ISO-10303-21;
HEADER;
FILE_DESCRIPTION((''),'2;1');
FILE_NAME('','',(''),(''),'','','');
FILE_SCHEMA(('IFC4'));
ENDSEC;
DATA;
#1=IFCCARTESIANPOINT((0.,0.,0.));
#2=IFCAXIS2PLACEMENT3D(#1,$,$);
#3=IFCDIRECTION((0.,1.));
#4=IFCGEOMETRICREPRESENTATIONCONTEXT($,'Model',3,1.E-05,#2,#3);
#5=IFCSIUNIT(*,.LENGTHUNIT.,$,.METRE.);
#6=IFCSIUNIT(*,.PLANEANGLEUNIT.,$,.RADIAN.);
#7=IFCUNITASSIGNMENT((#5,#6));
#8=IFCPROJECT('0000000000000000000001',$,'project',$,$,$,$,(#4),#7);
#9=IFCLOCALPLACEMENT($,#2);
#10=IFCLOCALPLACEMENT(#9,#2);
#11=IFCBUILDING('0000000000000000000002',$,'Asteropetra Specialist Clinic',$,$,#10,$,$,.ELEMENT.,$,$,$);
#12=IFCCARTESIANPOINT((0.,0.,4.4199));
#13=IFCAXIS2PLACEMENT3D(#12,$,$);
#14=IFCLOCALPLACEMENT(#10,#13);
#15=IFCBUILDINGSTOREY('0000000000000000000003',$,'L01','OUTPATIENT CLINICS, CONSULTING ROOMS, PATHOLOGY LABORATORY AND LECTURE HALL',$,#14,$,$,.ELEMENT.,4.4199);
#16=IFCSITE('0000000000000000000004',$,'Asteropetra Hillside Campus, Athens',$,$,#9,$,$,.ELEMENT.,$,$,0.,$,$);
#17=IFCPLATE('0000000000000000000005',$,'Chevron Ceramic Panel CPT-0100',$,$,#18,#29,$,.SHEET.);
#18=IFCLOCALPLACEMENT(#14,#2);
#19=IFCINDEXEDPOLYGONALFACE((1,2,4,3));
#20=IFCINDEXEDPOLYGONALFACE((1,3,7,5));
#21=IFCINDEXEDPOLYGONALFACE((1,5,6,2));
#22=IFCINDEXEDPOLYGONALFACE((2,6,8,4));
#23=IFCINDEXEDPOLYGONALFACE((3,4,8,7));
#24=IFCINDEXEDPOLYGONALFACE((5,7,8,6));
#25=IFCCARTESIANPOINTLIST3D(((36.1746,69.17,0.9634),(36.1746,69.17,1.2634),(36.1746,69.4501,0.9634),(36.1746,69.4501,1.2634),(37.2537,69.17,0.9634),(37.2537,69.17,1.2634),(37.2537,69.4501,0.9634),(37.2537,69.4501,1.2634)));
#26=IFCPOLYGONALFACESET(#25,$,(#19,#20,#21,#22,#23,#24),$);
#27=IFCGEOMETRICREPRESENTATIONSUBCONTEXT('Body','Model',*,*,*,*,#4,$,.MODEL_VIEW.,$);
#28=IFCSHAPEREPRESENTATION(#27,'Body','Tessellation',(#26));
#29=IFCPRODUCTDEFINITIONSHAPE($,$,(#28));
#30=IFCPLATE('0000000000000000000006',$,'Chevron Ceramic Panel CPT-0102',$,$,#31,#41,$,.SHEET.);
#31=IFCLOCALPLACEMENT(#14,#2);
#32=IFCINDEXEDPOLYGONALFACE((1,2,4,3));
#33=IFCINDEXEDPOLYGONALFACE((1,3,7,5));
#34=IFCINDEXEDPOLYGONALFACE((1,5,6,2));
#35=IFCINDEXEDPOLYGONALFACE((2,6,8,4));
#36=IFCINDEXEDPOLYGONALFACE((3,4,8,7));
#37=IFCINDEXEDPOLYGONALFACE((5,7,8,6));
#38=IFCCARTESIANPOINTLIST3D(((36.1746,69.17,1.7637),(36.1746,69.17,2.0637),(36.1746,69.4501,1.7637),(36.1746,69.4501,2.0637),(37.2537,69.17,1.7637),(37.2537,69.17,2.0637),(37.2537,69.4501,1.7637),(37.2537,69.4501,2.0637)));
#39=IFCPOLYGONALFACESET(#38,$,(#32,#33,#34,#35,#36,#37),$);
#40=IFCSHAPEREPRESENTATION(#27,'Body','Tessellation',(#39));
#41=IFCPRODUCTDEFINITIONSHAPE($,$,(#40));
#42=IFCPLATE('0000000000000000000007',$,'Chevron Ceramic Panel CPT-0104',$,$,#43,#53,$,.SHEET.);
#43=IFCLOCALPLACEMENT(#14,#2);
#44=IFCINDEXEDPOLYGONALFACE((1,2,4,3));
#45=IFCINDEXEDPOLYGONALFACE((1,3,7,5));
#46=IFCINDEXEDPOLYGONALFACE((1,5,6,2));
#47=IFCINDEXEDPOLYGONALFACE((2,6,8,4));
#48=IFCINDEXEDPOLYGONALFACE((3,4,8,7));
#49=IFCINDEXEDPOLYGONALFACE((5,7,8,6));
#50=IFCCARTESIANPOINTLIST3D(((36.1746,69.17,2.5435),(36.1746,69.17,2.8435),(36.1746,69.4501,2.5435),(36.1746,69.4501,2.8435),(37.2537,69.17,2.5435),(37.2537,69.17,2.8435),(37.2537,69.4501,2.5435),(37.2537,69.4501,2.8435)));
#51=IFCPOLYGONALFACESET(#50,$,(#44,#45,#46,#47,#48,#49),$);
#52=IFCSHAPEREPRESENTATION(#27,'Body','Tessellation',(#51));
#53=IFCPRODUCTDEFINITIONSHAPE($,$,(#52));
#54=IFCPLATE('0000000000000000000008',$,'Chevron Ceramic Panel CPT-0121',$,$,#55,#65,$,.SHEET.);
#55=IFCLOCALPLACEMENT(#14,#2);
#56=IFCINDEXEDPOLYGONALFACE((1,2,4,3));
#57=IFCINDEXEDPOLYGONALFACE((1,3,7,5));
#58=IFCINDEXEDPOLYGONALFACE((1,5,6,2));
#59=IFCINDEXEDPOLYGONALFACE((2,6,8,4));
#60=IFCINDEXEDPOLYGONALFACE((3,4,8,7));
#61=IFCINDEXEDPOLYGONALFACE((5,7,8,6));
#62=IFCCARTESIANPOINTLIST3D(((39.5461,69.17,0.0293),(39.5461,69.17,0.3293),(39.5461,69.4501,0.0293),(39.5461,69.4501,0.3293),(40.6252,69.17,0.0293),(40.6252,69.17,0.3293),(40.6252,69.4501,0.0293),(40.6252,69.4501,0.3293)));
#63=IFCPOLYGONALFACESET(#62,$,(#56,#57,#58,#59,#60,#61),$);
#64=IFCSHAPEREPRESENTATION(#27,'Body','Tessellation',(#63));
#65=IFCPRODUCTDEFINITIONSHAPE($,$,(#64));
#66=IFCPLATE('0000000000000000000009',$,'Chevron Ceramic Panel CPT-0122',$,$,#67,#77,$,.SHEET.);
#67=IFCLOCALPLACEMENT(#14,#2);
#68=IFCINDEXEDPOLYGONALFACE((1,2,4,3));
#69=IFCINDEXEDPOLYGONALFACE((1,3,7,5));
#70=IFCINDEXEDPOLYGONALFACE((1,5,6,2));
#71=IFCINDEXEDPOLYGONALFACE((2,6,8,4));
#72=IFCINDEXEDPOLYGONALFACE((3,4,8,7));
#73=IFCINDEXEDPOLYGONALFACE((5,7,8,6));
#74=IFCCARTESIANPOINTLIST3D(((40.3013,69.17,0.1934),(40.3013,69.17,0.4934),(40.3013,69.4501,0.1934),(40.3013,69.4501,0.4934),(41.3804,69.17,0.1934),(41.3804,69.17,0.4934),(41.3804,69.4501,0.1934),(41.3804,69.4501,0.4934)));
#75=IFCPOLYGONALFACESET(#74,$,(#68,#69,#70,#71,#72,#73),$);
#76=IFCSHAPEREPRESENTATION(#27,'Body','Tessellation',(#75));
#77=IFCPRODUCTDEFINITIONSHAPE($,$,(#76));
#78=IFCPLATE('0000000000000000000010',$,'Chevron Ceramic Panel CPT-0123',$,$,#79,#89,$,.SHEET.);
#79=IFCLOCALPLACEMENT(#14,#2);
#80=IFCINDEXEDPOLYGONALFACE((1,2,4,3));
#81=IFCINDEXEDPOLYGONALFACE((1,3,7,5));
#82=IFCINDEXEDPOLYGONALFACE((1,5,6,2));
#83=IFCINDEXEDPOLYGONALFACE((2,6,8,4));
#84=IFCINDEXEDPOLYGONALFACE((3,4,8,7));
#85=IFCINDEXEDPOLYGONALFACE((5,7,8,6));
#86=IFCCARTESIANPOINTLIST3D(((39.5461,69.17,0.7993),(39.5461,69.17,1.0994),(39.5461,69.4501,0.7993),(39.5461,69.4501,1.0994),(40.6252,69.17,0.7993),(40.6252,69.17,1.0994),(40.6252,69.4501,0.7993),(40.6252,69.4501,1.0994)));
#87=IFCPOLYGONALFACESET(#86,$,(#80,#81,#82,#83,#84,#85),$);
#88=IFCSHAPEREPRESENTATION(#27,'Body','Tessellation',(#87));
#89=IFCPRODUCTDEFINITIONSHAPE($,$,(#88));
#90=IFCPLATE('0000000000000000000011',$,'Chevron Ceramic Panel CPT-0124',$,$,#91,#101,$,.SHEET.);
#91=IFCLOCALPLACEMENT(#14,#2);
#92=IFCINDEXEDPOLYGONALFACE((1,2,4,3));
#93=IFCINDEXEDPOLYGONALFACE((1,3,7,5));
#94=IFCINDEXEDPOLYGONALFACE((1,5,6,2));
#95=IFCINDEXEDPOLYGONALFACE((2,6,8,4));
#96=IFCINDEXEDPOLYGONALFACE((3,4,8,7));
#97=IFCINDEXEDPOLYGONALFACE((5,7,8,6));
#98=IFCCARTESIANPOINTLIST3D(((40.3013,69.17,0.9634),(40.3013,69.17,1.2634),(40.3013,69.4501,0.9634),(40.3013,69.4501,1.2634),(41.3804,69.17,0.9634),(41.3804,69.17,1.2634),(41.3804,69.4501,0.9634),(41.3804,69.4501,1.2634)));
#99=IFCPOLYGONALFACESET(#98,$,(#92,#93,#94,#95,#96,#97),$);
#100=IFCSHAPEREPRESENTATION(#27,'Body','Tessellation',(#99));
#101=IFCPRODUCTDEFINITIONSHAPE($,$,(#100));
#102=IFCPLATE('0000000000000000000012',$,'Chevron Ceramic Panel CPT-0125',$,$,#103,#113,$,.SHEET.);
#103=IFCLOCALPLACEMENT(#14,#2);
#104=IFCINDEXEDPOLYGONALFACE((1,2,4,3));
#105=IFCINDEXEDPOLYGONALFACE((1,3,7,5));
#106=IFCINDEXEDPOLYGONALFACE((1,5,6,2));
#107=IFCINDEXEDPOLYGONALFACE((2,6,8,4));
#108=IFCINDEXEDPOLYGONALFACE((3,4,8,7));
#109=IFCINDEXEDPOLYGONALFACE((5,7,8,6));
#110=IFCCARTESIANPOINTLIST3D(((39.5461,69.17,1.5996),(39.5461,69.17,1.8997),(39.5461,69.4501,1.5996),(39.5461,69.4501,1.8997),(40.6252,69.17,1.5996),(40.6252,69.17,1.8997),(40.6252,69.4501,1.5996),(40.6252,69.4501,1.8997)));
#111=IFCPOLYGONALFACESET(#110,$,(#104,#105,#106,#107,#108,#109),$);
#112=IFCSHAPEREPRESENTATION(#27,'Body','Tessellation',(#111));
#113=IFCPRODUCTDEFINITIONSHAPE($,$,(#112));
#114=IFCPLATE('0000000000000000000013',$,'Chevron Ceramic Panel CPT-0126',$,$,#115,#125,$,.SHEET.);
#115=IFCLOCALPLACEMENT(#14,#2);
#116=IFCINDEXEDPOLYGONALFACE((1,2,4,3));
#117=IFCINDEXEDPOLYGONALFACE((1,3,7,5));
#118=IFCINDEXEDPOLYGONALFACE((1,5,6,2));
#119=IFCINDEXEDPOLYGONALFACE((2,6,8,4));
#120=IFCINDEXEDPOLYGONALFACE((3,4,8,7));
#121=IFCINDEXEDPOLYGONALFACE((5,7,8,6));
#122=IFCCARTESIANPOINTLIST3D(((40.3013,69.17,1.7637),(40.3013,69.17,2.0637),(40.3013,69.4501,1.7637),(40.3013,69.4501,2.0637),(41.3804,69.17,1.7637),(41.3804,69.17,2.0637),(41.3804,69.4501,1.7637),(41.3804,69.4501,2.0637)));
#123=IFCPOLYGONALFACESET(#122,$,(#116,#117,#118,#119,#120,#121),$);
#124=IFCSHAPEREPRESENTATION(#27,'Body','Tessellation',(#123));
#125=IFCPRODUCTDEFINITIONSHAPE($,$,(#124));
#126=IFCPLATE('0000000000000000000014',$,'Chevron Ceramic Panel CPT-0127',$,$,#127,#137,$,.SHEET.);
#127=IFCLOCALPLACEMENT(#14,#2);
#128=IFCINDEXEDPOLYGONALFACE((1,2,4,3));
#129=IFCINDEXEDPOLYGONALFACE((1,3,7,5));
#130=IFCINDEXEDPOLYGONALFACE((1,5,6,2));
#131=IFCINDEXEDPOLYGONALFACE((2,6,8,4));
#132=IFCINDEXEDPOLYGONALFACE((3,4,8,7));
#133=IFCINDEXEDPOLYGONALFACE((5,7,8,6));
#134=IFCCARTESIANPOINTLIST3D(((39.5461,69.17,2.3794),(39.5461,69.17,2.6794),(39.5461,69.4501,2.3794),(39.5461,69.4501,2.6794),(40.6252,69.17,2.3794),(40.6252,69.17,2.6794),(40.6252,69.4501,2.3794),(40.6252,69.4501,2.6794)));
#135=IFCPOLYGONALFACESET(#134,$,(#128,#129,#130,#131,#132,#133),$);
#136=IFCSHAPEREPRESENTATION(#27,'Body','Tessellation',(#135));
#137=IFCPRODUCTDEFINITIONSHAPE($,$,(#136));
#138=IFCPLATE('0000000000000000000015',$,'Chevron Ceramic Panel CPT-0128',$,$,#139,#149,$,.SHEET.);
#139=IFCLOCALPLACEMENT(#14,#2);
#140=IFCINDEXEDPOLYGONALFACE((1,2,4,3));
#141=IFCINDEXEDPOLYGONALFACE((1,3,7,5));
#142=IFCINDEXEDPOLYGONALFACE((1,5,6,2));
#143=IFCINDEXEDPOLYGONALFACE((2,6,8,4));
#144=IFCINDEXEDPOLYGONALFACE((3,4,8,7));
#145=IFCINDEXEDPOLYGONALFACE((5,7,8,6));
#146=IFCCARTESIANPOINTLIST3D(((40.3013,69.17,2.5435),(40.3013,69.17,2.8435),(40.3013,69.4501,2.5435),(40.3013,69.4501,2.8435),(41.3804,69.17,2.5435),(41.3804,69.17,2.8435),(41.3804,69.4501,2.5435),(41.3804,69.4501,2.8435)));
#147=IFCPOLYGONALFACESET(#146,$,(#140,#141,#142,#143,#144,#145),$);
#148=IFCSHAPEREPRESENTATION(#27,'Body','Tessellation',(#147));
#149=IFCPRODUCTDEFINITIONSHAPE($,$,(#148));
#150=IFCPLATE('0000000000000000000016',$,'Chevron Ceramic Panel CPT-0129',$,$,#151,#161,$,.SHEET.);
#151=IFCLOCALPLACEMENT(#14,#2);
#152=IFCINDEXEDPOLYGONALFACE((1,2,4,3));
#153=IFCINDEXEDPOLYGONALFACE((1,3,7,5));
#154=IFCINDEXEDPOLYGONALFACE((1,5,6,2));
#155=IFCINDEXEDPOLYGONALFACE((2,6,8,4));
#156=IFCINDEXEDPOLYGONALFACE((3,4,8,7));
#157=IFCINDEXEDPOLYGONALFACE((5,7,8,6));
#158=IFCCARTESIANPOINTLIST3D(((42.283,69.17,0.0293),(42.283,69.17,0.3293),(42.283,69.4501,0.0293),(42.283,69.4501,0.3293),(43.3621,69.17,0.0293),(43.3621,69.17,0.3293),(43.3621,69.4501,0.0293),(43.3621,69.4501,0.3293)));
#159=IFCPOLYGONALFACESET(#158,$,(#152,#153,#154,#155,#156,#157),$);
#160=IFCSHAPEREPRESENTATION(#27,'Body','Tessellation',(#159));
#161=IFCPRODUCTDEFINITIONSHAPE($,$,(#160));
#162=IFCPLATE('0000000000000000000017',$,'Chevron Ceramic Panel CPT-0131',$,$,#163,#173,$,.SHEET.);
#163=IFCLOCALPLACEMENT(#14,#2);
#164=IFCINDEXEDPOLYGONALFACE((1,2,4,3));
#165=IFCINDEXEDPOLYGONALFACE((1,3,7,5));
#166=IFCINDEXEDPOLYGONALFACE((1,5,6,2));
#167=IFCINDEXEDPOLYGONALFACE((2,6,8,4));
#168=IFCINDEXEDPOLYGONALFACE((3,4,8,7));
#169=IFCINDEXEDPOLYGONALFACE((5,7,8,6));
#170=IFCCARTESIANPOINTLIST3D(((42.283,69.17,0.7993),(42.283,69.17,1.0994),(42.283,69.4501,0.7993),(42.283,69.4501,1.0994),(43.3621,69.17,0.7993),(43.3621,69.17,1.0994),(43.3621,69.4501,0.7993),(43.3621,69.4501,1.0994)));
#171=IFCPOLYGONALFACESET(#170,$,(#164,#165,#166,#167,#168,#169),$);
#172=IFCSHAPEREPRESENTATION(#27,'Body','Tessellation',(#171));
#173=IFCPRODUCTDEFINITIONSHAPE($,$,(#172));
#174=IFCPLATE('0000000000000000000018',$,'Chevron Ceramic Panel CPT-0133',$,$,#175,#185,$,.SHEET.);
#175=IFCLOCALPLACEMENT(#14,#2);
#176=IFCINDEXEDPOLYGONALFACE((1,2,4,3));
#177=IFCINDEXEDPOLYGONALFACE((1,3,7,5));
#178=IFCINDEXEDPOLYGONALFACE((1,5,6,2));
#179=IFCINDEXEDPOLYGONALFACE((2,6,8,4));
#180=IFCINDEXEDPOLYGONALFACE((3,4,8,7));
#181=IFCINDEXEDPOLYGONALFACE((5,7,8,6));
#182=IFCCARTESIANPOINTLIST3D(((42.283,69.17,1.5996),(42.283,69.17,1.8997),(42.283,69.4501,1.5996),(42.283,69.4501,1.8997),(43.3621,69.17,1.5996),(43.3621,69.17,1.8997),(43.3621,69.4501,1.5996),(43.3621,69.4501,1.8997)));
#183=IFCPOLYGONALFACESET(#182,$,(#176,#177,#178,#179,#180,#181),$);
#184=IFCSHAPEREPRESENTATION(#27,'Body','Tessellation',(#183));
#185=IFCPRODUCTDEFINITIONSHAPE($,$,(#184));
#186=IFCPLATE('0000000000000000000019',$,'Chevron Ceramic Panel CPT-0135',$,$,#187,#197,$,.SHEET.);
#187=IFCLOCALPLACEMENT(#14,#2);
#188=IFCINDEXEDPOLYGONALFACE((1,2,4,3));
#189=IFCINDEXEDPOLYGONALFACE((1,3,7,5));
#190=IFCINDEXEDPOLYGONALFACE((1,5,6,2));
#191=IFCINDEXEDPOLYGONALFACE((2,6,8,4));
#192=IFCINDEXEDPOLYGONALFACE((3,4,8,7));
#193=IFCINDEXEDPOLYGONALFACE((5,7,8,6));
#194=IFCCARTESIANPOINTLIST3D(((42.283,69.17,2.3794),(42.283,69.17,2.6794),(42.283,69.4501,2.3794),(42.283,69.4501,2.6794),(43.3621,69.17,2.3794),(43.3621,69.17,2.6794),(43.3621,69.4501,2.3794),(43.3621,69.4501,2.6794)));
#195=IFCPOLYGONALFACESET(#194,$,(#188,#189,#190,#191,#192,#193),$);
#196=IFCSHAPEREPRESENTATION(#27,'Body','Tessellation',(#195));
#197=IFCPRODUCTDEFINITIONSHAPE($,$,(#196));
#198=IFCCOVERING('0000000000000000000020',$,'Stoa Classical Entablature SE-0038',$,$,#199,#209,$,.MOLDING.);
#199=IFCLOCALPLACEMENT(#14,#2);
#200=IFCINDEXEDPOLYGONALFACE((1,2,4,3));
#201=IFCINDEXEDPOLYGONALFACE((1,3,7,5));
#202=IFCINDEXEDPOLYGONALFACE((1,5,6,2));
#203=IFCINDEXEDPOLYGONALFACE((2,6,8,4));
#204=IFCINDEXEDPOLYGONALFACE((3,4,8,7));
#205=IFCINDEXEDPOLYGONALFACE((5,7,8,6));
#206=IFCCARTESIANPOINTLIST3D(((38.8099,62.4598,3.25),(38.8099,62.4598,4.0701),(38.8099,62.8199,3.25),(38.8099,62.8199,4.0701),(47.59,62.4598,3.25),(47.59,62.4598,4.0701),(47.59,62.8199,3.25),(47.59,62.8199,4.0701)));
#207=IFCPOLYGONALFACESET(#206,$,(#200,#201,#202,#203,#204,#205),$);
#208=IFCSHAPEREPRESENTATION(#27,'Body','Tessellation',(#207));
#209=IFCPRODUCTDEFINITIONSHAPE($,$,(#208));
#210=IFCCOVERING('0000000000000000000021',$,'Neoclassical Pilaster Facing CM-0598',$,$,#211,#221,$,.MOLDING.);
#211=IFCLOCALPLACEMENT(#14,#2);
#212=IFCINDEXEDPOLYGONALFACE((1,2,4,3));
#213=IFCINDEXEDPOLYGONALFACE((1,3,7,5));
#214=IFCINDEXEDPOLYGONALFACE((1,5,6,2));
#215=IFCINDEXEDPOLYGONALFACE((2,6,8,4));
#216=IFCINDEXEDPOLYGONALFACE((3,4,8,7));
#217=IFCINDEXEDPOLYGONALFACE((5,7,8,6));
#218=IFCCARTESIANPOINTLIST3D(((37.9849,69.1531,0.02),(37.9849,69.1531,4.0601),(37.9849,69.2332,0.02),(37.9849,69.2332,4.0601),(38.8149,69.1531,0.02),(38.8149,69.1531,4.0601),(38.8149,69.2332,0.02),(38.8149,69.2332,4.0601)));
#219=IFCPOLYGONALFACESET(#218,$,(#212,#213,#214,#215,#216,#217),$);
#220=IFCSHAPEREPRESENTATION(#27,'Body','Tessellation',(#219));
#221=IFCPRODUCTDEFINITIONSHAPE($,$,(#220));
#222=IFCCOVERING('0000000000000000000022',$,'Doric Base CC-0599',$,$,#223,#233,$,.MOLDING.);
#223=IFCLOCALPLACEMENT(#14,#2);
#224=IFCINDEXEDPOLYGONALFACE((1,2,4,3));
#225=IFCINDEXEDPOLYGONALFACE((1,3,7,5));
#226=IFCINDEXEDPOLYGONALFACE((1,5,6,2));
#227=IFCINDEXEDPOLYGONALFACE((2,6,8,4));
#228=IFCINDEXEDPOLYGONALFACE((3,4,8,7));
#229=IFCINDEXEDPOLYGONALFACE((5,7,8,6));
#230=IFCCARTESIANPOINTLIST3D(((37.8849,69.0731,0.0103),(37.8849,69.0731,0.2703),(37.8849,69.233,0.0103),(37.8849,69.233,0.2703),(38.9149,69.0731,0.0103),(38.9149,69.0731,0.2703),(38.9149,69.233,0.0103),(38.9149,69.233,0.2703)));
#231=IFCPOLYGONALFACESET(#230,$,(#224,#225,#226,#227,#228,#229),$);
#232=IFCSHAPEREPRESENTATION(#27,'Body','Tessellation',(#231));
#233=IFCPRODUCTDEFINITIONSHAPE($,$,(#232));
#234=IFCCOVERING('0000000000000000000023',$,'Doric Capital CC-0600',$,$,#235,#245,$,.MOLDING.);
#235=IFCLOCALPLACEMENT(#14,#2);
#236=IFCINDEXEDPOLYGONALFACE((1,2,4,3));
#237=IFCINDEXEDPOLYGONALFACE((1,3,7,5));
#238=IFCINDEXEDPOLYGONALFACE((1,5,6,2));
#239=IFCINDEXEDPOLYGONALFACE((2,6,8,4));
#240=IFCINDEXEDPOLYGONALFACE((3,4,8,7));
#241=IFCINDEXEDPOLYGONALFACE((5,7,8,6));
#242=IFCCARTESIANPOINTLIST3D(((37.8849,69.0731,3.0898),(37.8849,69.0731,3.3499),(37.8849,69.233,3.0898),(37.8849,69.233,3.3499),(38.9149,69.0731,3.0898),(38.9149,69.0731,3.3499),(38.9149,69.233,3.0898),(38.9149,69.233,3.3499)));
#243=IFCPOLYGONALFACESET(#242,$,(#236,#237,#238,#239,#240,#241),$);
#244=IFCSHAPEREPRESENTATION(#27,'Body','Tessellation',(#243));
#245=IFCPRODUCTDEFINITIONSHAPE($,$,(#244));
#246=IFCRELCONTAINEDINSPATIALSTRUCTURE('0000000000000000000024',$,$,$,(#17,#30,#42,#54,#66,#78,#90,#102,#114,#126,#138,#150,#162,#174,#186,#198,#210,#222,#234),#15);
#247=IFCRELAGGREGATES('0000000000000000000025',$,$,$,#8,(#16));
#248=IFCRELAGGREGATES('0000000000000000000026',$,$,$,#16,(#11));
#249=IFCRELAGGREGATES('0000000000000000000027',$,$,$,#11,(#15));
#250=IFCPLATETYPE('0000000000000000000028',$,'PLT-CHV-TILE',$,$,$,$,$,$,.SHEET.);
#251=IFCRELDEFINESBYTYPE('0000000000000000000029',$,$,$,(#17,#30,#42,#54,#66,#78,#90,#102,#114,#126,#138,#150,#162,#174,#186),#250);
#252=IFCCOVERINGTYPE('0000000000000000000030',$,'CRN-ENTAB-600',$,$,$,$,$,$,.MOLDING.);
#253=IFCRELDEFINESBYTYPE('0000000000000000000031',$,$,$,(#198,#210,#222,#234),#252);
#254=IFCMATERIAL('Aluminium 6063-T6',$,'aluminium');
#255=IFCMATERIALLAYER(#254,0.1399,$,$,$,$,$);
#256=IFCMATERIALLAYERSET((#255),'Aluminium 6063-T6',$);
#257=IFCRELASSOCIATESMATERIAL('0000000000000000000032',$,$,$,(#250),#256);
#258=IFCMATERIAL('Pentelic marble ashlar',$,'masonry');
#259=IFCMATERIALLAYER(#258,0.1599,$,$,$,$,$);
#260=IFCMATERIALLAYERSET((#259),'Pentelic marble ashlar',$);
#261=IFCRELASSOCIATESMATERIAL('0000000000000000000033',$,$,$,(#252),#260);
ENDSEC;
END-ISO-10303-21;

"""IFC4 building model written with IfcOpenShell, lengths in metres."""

from ifc_helpers import new_model, si_unit, direction, frame, origin, origin_2d, place, context, subcontext, project, spatial, rectangle, extrude, material, layer, layer_set, type_object, element, save


model = new_model("IFC4")

# Units and contexts
model_context = context("Model", 3, precision=1e-05, world=origin(), true_north=direction((0.0, 1.0)))
body_context = subcontext(model_context, "Body", "Model", "MODEL_VIEW")
ifc_project = project(units=[si_unit("LENGTHUNIT", "METRE"), si_unit("PLANEANGLEUNIT", "RADIAN")], contexts=[model_context])

# Site, building, storey
site_placement = place(None, origin())
site = spatial("IfcSite", under=ifc_project, at=site_placement, Name="Asteropetra Hillside Campus, Athens", CompositionType="ELEMENT", RefElevation=0.0)
building_placement = place(site_placement, origin())
building = spatial("IfcBuilding", under=site, at=building_placement, Name="Asteropetra Specialist Clinic", CompositionType="ELEMENT")
storey_placement = place(building_placement, frame((0.0, 0.0, 4.4199)))
storey = spatial("IfcBuildingStorey", under=building, at=storey_placement, Name="L01", Description="OUTPATIENT CLINICS, CONSULTING ROOMS, PATHOLOGY LABORATORY AND LECTURE HALL", CompositionType="ELEMENT", Elevation=4.4199)

# Plates
ifc_material_1 = material(Name="Aluminium 6063-T6", Category="aluminium")
ifc_layer_1 = layer(ifc_material_1, 0.1399)
ifc_layer_set_1 = layer_set([ifc_layer_1], Name="Aluminium 6063-T6")
plate_type = type_object("IfcPlateType", Name="PLT-CHV-TILE", PredefinedType="SHEET", material=ifc_layer_set_1)
for number, where, z_axis, x_axis, name in (
    (1, (36.7141, 69.3101, 0.9634), (0.0, 0.0, 1.0), (1.0, 0.0, 0.0), "Chevron Ceramic Panel CPT-0100"),
    (2, (36.7141, 69.3101, 1.7637), (0.0, 0.0, 1.0), (1.0, 0.0, 0.0), "Chevron Ceramic Panel CPT-0102"),
    (3, (36.7141, 69.3101, 2.5435), (0.0, 0.0, 1.0), (1.0, 0.0, 0.0), "Chevron Ceramic Panel CPT-0104"),
    (4, (40.0857, 69.3101, 0.0293), (0.0, 0.0, 1.0), (1.0, 0.0, 0.0), "Chevron Ceramic Panel CPT-0121"),
    (5, (40.8408, 69.3101, 0.1934), (0.0, 0.0, 1.0), (1.0, 0.0, 0.0), "Chevron Ceramic Panel CPT-0122"),
    (6, (40.0857, 69.3101, 0.7993), (0.0, 0.0, 1.0), (1.0, 0.0, 0.0), "Chevron Ceramic Panel CPT-0123"),
    (7, (40.8408, 69.3101, 0.9634), (0.0, 0.0, 1.0), (1.0, 0.0, 0.0), "Chevron Ceramic Panel CPT-0124"),
    (8, (40.0857, 69.3101, 1.5996), (0.0, 0.0, 1.0), (1.0, 0.0, 0.0), "Chevron Ceramic Panel CPT-0125"),
    (9, (40.8408, 69.3101, 1.7637), (0.0, 0.0, 1.0), (1.0, 0.0, 0.0), "Chevron Ceramic Panel CPT-0126"),
    (10, (40.0857, 69.3101, 2.3794), (0.0, 0.0, 1.0), (1.0, 0.0, 0.0), "Chevron Ceramic Panel CPT-0127"),
    (11, (40.8408, 69.3101, 2.5435), (0.0, 0.0, 1.0), (1.0, 0.0, 0.0), "Chevron Ceramic Panel CPT-0128"),
    (12, (42.8225, 69.3101, 0.0293), (0.0, 0.0, 1.0), (1.0, 0.0, 0.0), "Chevron Ceramic Panel CPT-0129"),
    (13, (42.8225, 69.3101, 0.7993), (0.0, 0.0, 1.0), (1.0, 0.0, 0.0), "Chevron Ceramic Panel CPT-0131"),
    (14, (42.8225, 69.3101, 1.5996), (0.0, 0.0, 1.0), (1.0, 0.0, 0.0), "Chevron Ceramic Panel CPT-0133"),
    (15, (42.8225, 69.3101, 2.3794), (0.0, 0.0, 1.0), (1.0, 0.0, 0.0), "Chevron Ceramic Panel CPT-0135"),
):
    element("IfcPlate", number, at=place(storey_placement, frame(where, z_axis=z_axis, x_axis=x_axis)), inside=storey, type_object=plate_type, Name=name, PredefinedType="SHEET", context=body_context, shape_type="SweptSolid", body=[
        extrude(rectangle(XDim=1.0791, YDim=0.28, at=origin_2d()), origin(), (0.0, 0.0, 1.0), 0.3),
    ])

# Coverings
ifc_material_2 = material(Name="Pentelic marble ashlar", Category="masonry")
ifc_layer_2 = layer(ifc_material_2, 0.1599)
ifc_layer_set_2 = layer_set([ifc_layer_2], Name="Pentelic marble ashlar")
covering_type_1 = type_object("IfcCoveringType", Name="CRN-ENTAB-600", PredefinedType="MOLDING", material=ifc_layer_set_2)
covering_1_placement = place(storey_placement, frame((43.2, 62.6399, 3.25), z_axis=(0.0, 0.0, 1.0), x_axis=(1.0, 0.0, 0.0)))
element("IfcCovering", 16, at=covering_1_placement, inside=storey, type_object=covering_type_1, Name="Stoa Classical Entablature SE-0038", PredefinedType="MOLDING", context=body_context, shape_type="SweptSolid", body=[
    extrude(rectangle(XDim=8.78, YDim=0.3601, at=origin_2d()), origin(), (0.0, 0.0, 1.0), 0.8201),
])
covering_2_placement = place(storey_placement, frame((38.3999, 69.1931, 0.02), z_axis=(0.0, 0.0, 1.0), x_axis=(1.0, 0.0, 0.0)))
element("IfcCovering", 17, at=covering_2_placement, inside=storey, type_object=covering_type_1, Name="Neoclassical Pilaster Facing CM-0598", PredefinedType="MOLDING", context=body_context, shape_type="SweptSolid", body=[
    extrude(rectangle(XDim=0.8301, YDim=0.0801, at=origin_2d()), origin(), (0.0, 0.0, 1.0), 4.04),
])
for number, where, z_axis, x_axis, name in (
    (18, (38.3999, 69.1531, 0.0103), (0.0, 0.0, 1.0), (1.0, 0.0, 0.0), "Doric Base CC-0599"),
    (19, (38.3999, 69.1531, 3.0898), (0.0, 0.0, 1.0), (1.0, 0.0, 0.0), "Doric Capital CC-0600"),
):
    element("IfcCovering", number, at=place(storey_placement, frame(where, z_axis=z_axis, x_axis=x_axis)), inside=storey, type_object=covering_type_1, Name=name, PredefinedType="MOLDING", context=body_context, shape_type="SweptSolid", body=[
        extrude(rectangle(XDim=1.03, YDim=0.1599, at=origin_2d()), origin(), (0.0, 0.0, 1.0), 0.26),
    ])

save(model, "model.ifc")
